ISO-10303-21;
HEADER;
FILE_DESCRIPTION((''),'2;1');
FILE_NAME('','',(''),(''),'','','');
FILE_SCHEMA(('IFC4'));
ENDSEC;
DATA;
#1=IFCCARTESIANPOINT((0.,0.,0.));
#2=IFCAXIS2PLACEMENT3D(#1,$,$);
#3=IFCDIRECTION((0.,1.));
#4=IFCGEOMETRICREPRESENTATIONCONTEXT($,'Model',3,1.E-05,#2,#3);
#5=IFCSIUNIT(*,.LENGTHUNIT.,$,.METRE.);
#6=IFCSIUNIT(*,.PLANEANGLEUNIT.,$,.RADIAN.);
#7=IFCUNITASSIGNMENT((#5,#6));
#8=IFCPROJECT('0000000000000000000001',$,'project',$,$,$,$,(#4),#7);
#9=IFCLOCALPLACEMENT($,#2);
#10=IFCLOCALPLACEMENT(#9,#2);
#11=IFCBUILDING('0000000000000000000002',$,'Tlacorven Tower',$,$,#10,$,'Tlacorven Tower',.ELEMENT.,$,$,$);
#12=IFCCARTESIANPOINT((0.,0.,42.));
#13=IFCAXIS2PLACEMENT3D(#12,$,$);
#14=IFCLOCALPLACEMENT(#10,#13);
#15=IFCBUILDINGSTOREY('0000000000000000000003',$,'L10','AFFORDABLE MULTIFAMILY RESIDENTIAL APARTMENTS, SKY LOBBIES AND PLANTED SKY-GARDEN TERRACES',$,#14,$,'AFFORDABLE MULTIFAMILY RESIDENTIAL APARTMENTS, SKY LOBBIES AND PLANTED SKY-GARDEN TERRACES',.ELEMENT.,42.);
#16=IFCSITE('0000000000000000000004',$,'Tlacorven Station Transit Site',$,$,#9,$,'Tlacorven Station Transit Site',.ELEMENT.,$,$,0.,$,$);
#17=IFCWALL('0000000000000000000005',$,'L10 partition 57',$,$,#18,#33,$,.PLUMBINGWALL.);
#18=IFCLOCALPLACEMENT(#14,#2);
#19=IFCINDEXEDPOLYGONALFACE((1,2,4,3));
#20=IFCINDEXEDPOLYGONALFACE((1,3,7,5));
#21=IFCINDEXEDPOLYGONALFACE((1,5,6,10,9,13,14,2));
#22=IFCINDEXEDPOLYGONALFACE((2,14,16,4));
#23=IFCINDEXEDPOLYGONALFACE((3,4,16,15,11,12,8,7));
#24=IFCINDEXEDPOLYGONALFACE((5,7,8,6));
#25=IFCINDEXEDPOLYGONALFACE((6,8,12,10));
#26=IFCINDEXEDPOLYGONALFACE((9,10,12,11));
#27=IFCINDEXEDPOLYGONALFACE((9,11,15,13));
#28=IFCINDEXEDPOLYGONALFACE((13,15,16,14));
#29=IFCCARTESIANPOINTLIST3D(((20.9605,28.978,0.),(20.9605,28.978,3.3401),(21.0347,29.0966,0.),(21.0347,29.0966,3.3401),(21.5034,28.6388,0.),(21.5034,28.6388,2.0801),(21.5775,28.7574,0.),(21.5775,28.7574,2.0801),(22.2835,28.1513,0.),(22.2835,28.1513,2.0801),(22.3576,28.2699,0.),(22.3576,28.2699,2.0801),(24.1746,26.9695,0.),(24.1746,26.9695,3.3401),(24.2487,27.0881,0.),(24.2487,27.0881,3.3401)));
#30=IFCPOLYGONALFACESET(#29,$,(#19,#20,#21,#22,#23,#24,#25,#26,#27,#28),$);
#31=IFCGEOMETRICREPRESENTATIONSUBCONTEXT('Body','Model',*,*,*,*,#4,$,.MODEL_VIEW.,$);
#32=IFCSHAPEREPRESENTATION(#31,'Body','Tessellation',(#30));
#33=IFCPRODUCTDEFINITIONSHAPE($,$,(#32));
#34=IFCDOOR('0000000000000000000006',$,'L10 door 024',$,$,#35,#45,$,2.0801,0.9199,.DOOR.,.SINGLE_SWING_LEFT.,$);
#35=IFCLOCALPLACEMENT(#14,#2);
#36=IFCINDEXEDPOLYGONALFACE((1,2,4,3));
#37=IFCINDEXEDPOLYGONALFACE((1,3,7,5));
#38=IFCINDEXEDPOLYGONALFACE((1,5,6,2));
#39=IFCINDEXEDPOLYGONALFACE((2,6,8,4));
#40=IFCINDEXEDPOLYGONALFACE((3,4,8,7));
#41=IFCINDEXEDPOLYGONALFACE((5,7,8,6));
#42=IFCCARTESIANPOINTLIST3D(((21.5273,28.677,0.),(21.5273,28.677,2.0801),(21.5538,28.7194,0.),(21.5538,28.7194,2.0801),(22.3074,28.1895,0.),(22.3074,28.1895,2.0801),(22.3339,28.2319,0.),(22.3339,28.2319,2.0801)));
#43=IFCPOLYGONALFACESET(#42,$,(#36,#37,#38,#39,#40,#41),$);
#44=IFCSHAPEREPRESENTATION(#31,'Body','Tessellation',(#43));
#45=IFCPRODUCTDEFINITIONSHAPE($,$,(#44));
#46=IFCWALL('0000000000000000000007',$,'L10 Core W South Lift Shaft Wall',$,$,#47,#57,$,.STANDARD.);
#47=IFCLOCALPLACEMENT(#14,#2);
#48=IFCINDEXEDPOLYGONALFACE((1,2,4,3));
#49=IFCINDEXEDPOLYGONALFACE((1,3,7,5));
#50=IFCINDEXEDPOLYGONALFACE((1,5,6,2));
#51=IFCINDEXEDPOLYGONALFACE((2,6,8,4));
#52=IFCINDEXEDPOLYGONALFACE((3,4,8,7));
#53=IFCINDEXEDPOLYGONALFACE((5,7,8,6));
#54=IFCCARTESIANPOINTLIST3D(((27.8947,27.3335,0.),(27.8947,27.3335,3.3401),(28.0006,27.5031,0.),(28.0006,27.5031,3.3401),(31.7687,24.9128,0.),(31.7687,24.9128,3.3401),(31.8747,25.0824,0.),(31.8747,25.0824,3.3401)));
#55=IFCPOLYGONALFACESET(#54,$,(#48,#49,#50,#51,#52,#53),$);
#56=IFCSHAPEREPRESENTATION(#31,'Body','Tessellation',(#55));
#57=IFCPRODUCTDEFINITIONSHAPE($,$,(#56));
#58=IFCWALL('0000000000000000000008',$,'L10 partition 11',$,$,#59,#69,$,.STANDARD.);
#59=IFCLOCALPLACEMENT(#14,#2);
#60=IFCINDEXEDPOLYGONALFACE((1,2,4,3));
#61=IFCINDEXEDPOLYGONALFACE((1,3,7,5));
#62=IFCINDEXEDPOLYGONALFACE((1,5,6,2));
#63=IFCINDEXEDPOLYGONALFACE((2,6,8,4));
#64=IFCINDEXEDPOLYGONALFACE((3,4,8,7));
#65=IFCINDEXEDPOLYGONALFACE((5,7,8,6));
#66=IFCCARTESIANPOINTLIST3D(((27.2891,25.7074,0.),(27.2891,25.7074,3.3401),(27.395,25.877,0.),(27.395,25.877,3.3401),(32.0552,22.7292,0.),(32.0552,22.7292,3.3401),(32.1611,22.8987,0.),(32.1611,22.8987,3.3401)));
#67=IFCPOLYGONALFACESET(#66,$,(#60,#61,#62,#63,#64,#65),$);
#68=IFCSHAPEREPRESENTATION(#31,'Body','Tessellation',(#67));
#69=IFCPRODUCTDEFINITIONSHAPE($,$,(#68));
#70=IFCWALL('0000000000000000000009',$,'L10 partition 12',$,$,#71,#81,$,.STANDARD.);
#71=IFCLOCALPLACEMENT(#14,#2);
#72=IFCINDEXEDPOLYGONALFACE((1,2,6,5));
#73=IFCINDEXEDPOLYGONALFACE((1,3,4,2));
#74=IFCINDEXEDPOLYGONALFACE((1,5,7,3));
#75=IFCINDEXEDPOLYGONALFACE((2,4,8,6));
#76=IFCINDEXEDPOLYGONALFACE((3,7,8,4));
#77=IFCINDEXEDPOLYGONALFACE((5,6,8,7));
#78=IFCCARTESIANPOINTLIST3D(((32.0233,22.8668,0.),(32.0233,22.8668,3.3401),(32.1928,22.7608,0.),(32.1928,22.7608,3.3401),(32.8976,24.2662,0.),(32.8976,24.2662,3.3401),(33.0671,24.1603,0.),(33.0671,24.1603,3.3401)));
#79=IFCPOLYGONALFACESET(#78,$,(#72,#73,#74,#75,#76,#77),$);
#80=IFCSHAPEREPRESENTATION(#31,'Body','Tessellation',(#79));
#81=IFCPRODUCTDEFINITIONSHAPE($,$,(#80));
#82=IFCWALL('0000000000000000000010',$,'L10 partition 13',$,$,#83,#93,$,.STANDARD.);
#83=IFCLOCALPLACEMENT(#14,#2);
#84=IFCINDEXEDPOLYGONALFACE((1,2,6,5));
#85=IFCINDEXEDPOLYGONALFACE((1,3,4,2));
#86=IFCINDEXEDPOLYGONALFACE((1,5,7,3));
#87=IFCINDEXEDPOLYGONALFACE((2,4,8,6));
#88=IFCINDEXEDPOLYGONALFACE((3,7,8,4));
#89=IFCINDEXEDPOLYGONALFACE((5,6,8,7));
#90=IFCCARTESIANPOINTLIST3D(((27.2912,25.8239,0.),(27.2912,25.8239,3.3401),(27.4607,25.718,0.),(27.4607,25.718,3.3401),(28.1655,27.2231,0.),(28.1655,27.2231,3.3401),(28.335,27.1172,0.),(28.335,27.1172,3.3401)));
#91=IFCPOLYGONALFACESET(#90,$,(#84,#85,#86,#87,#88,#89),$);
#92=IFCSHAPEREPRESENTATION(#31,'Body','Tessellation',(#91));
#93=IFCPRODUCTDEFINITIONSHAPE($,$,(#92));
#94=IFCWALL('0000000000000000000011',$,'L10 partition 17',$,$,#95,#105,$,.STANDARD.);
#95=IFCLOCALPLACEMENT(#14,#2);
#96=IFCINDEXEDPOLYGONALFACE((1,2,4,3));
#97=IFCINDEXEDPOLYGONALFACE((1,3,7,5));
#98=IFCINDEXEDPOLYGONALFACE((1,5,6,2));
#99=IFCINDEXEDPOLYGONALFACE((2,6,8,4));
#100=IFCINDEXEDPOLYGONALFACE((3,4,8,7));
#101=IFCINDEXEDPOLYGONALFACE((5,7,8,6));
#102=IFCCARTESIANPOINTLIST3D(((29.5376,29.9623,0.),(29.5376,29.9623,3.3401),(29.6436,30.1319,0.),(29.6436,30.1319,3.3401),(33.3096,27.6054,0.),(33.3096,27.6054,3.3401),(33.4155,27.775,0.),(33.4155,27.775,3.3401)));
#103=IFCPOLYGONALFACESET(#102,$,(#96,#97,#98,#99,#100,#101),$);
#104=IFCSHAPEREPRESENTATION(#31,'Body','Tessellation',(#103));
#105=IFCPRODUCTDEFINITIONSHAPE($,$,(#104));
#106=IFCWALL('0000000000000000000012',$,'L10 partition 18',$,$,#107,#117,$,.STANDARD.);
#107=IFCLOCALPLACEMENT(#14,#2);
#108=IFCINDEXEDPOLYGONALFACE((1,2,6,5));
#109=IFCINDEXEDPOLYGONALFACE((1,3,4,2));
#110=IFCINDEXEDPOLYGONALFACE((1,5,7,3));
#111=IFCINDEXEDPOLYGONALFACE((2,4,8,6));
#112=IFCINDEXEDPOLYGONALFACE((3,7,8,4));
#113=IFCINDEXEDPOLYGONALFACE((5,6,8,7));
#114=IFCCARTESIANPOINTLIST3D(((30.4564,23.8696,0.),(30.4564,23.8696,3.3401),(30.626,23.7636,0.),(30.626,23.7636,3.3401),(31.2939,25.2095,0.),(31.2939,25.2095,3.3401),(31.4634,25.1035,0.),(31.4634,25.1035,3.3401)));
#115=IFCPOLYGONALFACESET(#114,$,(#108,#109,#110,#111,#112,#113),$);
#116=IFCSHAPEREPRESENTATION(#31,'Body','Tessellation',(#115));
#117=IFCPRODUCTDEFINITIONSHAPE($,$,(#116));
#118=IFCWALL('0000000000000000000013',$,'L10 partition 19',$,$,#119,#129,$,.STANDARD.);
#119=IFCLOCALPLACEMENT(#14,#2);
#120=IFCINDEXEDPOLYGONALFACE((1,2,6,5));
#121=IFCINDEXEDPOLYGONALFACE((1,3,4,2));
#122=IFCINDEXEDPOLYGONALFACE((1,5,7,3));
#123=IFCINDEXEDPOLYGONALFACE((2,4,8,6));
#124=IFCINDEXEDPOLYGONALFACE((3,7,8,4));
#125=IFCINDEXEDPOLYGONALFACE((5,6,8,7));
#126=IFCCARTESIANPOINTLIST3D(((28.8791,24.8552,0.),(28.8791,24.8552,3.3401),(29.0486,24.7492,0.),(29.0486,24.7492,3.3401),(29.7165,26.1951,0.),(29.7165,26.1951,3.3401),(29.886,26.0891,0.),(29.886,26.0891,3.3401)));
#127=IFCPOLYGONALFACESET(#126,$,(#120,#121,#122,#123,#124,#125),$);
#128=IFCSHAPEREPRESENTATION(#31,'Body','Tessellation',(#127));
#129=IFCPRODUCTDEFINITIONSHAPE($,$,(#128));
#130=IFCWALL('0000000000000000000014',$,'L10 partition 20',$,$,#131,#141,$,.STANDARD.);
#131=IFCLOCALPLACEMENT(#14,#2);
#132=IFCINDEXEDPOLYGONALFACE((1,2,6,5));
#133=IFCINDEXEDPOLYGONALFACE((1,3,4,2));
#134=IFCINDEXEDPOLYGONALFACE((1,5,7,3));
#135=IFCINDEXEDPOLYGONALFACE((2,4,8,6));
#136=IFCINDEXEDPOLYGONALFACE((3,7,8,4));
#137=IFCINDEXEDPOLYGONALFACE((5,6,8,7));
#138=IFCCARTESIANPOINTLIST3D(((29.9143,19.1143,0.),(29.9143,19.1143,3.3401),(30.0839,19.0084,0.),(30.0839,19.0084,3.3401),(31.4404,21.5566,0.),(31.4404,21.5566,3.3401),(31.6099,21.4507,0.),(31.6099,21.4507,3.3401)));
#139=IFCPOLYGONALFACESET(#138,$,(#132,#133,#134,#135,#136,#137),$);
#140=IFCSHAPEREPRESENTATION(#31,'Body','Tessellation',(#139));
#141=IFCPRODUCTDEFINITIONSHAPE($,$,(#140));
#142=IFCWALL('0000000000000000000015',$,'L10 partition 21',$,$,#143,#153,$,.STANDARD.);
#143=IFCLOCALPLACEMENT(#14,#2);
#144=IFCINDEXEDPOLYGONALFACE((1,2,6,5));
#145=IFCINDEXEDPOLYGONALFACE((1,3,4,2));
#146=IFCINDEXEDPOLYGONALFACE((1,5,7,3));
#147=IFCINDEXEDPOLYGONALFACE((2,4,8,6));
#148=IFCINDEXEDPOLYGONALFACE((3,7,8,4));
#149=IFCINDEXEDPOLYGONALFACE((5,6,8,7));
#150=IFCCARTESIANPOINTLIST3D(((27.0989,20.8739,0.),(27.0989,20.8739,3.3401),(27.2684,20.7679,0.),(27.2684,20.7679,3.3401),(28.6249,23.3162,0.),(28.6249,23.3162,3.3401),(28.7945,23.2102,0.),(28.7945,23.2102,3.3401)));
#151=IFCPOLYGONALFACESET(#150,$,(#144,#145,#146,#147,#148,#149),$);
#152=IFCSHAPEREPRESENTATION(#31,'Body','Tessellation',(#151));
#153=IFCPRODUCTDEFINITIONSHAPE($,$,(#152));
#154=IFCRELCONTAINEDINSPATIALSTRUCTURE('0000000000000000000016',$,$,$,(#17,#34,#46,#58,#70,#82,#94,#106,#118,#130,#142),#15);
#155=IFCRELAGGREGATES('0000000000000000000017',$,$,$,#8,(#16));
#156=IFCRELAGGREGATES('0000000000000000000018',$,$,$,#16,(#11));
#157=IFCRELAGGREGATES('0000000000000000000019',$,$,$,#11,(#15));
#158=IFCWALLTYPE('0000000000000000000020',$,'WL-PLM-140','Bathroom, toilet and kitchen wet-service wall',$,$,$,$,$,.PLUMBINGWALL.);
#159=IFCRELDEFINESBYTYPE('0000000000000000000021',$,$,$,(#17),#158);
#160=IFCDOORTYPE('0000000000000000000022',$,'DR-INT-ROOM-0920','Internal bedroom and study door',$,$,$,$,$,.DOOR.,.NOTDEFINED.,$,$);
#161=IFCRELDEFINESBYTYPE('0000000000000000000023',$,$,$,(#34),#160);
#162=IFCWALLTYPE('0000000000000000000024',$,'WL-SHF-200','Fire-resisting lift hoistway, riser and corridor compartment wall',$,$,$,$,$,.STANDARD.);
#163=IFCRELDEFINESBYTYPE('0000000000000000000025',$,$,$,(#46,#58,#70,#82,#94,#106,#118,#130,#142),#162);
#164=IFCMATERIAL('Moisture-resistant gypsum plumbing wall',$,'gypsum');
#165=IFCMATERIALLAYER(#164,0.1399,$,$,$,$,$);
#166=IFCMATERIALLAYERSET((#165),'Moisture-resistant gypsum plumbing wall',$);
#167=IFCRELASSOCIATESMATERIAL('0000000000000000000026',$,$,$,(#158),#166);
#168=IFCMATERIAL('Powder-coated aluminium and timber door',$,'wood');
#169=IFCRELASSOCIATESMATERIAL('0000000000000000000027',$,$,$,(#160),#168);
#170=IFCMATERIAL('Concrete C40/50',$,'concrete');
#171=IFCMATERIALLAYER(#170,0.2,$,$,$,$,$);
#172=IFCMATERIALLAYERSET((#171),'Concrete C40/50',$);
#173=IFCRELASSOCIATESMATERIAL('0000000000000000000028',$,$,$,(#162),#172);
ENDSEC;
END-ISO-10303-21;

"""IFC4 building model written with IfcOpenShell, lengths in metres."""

from ifc_helpers import new_model, si_unit, direction, frame, frame_2d, origin, place, context, subcontext, project, spatial, rectangle, extrude, source, transform, mapped, material, layer, layer_set, type_object, element, fill, save


model = new_model("IFC4")

# Units and contexts
model_context = context("Model", 3, precision=1e-05, world=origin(), true_north=direction((0.0, 1.0)))
body_context = subcontext(model_context, "Body", "Model", "MODEL_VIEW")
ifc_project = project(units=[si_unit("LENGTHUNIT", "METRE"), si_unit("PLANEANGLEUNIT", "RADIAN")], contexts=[model_context])

# Site, building, storey
site_placement = place(None, origin())
site = spatial("IfcSite", under=ifc_project, at=site_placement, Name="Tlacorven Station Transit Site", LongName="Tlacorven Station Transit Site", CompositionType="ELEMENT", RefElevation=0.0)
building_placement = place(site_placement, origin())
building = spatial("IfcBuilding", under=site, at=building_placement, Name="Tlacorven Tower", LongName="Tlacorven Tower", CompositionType="ELEMENT")
storey_placement = place(building_placement, frame((0.0, 0.0, 42.0)))
storey = spatial("IfcBuildingStorey", under=building, at=storey_placement, Name="L10", Description="AFFORDABLE MULTIFAMILY RESIDENTIAL APARTMENTS, SKY LOBBIES AND PLANTED SKY-GARDEN TERRACES", LongName="AFFORDABLE MULTIFAMILY RESIDENTIAL APARTMENTS, SKY LOBBIES AND PLANTED SKY-GARDEN TERRACES", CompositionType="ELEMENT", Elevation=42.0)

# Wall, opening, door
ifc_material_1 = material(Name="Moisture-resistant gypsum plumbing wall", Category="gypsum")
ifc_layer_1 = layer(ifc_material_1, 0.1399)
ifc_layer_set_1 = layer_set([ifc_layer_1], Name="Moisture-resistant gypsum plumbing wall")
wall_type_1 = type_object("IfcWallType", Name="WL-PLM-140", Description="Bathroom, toilet and kitchen wet-service wall", PredefinedType="PLUMBINGWALL", material=ifc_layer_set_1)
wall_1_placement = place(storey_placement, frame((24.2117, 27.0288, 0.0), z_axis=(0.0, 0.0, 1.0), x_axis=(-0.848031, 0.529947, 0.0)))
wall_1 = element("IfcWall", 1, at=wall_1_placement, inside=storey, type_object=wall_type_1, Name="L10 partition 57", PredefinedType="PLUMBINGWALL", context=body_context, shape_type="SweptSolid", body=[
    extrude(rectangle(XDim=3.79, YDim=0.1399, at=frame_2d((1.895, 0.0))), origin(), (0.0, 0.0, 1.0), 3.3401),
])
opening_1_placement = place(wall_1_placement, frame((2.23, 0.0, 0.0)))
opening_1 = element("IfcOpeningElement", 2, at=opening_1_placement, cuts=wall_1, PredefinedType="OPENING", context=body_context, shape_type="SweptSolid", body=[
    extrude(rectangle(XDim=0.9199, YDim=2.0801, at=frame_2d((0.46, 1.04))), frame((0.0, 0.0801, 0.0), z_axis=(0.0, -1.0, 0.0), x_axis=(1.0, 0.0, 0.0)), (0.0, 0.0, 1.0), 0.1599),
])
ifc_material_2 = material(Name="Powder-coated aluminium and timber door", Category="wood")
door_type_1 = type_object("IfcDoorType", Name="DR-INT-ROOM-0920", Description="Internal bedroom and study door", OperationType="NOTDEFINED", PredefinedType="DOOR", material=ifc_material_2)
shared_shape_1 = source(origin(), body_context, "Body", "SweptSolid", [
    extrude(rectangle(XDim=0.9199, YDim=2.0801, at=frame_2d((0.46, 1.04))), frame((0.0, 0.0249, 0.0), z_axis=(0.0, -1.0, 0.0), x_axis=(1.0, 0.0, 0.0)), (0.0, 0.0, 1.0), 0.05),
])
door_1_placement = place(opening_1_placement, origin())
door_1 = element("IfcDoor", 3, at=door_1_placement, inside=storey, type_object=door_type_1, Name="L10 door 024", OperationType="SINGLE_SWING_LEFT", OverallHeight=2.0801, OverallWidth=0.9199, PredefinedType="DOOR", context=body_context, shape_type="MappedRepresentation", body=[
    mapped(shared_shape_1, transform((0.0, 0.0, 0.0), scale=1.0)),
])
fill(opening_1, door_1)

# Walls
ifc_material_3 = material(Name="Concrete C40/50", Category="concrete")
ifc_layer_2 = layer(ifc_material_3, 0.2)
ifc_layer_set_2 = layer_set([ifc_layer_2], Name="Concrete C40/50")
wall_type_2 = type_object("IfcWallType", Name="WL-SHF-200", Description="Fire-resisting lift hoistway, riser and corridor compartment wall", PredefinedType="STANDARD", material=ifc_layer_set_2)
wall_2_placement = place(storey_placement, frame((31.8218, 24.9976, 0.0), z_axis=(0.0, 0.0, 1.0), x_axis=(-0.848058, 0.529903, 0.0)))
element("IfcWall", 4, at=wall_2_placement, inside=storey, type_object=wall_type_2, Name="L10 Core W South Lift Shaft Wall", PredefinedType="STANDARD", context=body_context, shape_type="SweptSolid", body=[
    extrude(rectangle(XDim=4.5681, YDim=0.2, at=frame_2d((2.2842, 0.0))), origin(), (0.0, 0.0, 1.0), 3.3401),
])
wall_3_placement = place(storey_placement, frame((32.1082, 22.814, 0.0), z_axis=(0.0, 0.0, 1.0), x_axis=(-0.848042, 0.529929, 0.0)))
element("IfcWall", 5, at=wall_3_placement, inside=storey, type_object=wall_type_2, Name="L10 partition 11", PredefinedType="STANDARD", context=body_context, shape_type="SweptSolid", body=[
    extrude(rectangle(XDim=5.6201, YDim=0.2, at=frame_2d((2.8101, 0.0))), origin(), (0.0, 0.0, 1.0), 3.3401),
])
wall_4_placement = place(storey_placement, frame((32.9824, 24.2134, 0.0), z_axis=(0.0, 0.0, 1.0), x_axis=(-0.529839, -0.848098, 0.0)))
element("IfcWall", 6, at=wall_4_placement, inside=storey, type_object=wall_type_2, Name="L10 partition 12", PredefinedType="STANDARD", context=body_context, shape_type="SweptSolid", body=[
    extrude(rectangle(XDim=1.6501, YDim=0.2, at=frame_2d((0.8252, 0.0))), origin(), (0.0, 0.0, 1.0), 3.3401),
])
wall_5_placement = place(storey_placement, frame((28.2502, 27.1702, 0.0), z_axis=(0.0, 0.0, 1.0), x_axis=(-0.529906, -0.848056, 0.0)))
element("IfcWall", 7, at=wall_5_placement, inside=storey, type_object=wall_type_2, Name="L10 partition 13", PredefinedType="STANDARD", context=body_context, shape_type="SweptSolid", body=[
    extrude(rectangle(XDim=1.6499, YDim=0.2, at=frame_2d((0.825, 0.0))), origin(), (0.0, 0.0, 1.0), 3.3401),
])
wall_6_placement = place(storey_placement, frame((33.3625, 27.6902, 0.0), z_axis=(0.0, 0.0, 1.0), x_axis=(-0.848054, 0.52991, 0.0)))
element("IfcWall", 8, at=wall_6_placement, inside=storey, type_object=wall_type_2, Name="L10 partition 17", PredefinedType="STANDARD", context=body_context, shape_type="SweptSolid", body=[
    extrude(rectangle(XDim=4.4478, YDim=0.2, at=frame_2d((2.2239, 0.0))), origin(), (0.0, 0.0, 1.0), 3.3401),
])
for number, where, z_axis, x_axis, name in (
    (9, (31.3787, 25.1565, 0.0), (0.0, 0.0, 1.0), (-0.529999, -0.847998, 0.0), "L10 partition 18"),
    (10, (29.8013, 26.1421, 0.0), (0.0, 0.0, 1.0), (-0.529999, -0.847998, 0.0), "L10 partition 19"),
):
    element("IfcWall", number, at=place(storey_placement, frame(where, z_axis=z_axis, x_axis=x_axis)), inside=storey, type_object=wall_type_2, Name=name, PredefinedType="STANDARD", context=body_context, shape_type="SweptSolid", body=[
        extrude(rectangle(XDim=1.5801, YDim=0.2, at=frame_2d((0.79, 0.0))), origin(), (0.0, 0.0, 1.0), 3.3401),
    ])
for number, where, z_axis, x_axis, name in (
    (11, (31.5251, 21.5037, 0.0), (0.0, 0.0, 1.0), (-0.529907, -0.848055, 0.0), "L10 partition 20"),
    (12, (28.7097, 23.2632, 0.0), (0.0, 0.0, 1.0), (-0.529907, -0.848055, 0.0), "L10 partition 21"),
):
    element("IfcWall", number, at=place(storey_placement, frame(where, z_axis=z_axis, x_axis=x_axis)), inside=storey, type_object=wall_type_2, Name=name, PredefinedType="STANDARD", context=body_context, shape_type="SweptSolid", body=[
        extrude(rectangle(XDim=2.8799, YDim=0.2, at=frame_2d((1.4399, 0.0))), origin(), (0.0, 0.0, 1.0), 3.3401),
    ])

save(model, "model.ifc")
